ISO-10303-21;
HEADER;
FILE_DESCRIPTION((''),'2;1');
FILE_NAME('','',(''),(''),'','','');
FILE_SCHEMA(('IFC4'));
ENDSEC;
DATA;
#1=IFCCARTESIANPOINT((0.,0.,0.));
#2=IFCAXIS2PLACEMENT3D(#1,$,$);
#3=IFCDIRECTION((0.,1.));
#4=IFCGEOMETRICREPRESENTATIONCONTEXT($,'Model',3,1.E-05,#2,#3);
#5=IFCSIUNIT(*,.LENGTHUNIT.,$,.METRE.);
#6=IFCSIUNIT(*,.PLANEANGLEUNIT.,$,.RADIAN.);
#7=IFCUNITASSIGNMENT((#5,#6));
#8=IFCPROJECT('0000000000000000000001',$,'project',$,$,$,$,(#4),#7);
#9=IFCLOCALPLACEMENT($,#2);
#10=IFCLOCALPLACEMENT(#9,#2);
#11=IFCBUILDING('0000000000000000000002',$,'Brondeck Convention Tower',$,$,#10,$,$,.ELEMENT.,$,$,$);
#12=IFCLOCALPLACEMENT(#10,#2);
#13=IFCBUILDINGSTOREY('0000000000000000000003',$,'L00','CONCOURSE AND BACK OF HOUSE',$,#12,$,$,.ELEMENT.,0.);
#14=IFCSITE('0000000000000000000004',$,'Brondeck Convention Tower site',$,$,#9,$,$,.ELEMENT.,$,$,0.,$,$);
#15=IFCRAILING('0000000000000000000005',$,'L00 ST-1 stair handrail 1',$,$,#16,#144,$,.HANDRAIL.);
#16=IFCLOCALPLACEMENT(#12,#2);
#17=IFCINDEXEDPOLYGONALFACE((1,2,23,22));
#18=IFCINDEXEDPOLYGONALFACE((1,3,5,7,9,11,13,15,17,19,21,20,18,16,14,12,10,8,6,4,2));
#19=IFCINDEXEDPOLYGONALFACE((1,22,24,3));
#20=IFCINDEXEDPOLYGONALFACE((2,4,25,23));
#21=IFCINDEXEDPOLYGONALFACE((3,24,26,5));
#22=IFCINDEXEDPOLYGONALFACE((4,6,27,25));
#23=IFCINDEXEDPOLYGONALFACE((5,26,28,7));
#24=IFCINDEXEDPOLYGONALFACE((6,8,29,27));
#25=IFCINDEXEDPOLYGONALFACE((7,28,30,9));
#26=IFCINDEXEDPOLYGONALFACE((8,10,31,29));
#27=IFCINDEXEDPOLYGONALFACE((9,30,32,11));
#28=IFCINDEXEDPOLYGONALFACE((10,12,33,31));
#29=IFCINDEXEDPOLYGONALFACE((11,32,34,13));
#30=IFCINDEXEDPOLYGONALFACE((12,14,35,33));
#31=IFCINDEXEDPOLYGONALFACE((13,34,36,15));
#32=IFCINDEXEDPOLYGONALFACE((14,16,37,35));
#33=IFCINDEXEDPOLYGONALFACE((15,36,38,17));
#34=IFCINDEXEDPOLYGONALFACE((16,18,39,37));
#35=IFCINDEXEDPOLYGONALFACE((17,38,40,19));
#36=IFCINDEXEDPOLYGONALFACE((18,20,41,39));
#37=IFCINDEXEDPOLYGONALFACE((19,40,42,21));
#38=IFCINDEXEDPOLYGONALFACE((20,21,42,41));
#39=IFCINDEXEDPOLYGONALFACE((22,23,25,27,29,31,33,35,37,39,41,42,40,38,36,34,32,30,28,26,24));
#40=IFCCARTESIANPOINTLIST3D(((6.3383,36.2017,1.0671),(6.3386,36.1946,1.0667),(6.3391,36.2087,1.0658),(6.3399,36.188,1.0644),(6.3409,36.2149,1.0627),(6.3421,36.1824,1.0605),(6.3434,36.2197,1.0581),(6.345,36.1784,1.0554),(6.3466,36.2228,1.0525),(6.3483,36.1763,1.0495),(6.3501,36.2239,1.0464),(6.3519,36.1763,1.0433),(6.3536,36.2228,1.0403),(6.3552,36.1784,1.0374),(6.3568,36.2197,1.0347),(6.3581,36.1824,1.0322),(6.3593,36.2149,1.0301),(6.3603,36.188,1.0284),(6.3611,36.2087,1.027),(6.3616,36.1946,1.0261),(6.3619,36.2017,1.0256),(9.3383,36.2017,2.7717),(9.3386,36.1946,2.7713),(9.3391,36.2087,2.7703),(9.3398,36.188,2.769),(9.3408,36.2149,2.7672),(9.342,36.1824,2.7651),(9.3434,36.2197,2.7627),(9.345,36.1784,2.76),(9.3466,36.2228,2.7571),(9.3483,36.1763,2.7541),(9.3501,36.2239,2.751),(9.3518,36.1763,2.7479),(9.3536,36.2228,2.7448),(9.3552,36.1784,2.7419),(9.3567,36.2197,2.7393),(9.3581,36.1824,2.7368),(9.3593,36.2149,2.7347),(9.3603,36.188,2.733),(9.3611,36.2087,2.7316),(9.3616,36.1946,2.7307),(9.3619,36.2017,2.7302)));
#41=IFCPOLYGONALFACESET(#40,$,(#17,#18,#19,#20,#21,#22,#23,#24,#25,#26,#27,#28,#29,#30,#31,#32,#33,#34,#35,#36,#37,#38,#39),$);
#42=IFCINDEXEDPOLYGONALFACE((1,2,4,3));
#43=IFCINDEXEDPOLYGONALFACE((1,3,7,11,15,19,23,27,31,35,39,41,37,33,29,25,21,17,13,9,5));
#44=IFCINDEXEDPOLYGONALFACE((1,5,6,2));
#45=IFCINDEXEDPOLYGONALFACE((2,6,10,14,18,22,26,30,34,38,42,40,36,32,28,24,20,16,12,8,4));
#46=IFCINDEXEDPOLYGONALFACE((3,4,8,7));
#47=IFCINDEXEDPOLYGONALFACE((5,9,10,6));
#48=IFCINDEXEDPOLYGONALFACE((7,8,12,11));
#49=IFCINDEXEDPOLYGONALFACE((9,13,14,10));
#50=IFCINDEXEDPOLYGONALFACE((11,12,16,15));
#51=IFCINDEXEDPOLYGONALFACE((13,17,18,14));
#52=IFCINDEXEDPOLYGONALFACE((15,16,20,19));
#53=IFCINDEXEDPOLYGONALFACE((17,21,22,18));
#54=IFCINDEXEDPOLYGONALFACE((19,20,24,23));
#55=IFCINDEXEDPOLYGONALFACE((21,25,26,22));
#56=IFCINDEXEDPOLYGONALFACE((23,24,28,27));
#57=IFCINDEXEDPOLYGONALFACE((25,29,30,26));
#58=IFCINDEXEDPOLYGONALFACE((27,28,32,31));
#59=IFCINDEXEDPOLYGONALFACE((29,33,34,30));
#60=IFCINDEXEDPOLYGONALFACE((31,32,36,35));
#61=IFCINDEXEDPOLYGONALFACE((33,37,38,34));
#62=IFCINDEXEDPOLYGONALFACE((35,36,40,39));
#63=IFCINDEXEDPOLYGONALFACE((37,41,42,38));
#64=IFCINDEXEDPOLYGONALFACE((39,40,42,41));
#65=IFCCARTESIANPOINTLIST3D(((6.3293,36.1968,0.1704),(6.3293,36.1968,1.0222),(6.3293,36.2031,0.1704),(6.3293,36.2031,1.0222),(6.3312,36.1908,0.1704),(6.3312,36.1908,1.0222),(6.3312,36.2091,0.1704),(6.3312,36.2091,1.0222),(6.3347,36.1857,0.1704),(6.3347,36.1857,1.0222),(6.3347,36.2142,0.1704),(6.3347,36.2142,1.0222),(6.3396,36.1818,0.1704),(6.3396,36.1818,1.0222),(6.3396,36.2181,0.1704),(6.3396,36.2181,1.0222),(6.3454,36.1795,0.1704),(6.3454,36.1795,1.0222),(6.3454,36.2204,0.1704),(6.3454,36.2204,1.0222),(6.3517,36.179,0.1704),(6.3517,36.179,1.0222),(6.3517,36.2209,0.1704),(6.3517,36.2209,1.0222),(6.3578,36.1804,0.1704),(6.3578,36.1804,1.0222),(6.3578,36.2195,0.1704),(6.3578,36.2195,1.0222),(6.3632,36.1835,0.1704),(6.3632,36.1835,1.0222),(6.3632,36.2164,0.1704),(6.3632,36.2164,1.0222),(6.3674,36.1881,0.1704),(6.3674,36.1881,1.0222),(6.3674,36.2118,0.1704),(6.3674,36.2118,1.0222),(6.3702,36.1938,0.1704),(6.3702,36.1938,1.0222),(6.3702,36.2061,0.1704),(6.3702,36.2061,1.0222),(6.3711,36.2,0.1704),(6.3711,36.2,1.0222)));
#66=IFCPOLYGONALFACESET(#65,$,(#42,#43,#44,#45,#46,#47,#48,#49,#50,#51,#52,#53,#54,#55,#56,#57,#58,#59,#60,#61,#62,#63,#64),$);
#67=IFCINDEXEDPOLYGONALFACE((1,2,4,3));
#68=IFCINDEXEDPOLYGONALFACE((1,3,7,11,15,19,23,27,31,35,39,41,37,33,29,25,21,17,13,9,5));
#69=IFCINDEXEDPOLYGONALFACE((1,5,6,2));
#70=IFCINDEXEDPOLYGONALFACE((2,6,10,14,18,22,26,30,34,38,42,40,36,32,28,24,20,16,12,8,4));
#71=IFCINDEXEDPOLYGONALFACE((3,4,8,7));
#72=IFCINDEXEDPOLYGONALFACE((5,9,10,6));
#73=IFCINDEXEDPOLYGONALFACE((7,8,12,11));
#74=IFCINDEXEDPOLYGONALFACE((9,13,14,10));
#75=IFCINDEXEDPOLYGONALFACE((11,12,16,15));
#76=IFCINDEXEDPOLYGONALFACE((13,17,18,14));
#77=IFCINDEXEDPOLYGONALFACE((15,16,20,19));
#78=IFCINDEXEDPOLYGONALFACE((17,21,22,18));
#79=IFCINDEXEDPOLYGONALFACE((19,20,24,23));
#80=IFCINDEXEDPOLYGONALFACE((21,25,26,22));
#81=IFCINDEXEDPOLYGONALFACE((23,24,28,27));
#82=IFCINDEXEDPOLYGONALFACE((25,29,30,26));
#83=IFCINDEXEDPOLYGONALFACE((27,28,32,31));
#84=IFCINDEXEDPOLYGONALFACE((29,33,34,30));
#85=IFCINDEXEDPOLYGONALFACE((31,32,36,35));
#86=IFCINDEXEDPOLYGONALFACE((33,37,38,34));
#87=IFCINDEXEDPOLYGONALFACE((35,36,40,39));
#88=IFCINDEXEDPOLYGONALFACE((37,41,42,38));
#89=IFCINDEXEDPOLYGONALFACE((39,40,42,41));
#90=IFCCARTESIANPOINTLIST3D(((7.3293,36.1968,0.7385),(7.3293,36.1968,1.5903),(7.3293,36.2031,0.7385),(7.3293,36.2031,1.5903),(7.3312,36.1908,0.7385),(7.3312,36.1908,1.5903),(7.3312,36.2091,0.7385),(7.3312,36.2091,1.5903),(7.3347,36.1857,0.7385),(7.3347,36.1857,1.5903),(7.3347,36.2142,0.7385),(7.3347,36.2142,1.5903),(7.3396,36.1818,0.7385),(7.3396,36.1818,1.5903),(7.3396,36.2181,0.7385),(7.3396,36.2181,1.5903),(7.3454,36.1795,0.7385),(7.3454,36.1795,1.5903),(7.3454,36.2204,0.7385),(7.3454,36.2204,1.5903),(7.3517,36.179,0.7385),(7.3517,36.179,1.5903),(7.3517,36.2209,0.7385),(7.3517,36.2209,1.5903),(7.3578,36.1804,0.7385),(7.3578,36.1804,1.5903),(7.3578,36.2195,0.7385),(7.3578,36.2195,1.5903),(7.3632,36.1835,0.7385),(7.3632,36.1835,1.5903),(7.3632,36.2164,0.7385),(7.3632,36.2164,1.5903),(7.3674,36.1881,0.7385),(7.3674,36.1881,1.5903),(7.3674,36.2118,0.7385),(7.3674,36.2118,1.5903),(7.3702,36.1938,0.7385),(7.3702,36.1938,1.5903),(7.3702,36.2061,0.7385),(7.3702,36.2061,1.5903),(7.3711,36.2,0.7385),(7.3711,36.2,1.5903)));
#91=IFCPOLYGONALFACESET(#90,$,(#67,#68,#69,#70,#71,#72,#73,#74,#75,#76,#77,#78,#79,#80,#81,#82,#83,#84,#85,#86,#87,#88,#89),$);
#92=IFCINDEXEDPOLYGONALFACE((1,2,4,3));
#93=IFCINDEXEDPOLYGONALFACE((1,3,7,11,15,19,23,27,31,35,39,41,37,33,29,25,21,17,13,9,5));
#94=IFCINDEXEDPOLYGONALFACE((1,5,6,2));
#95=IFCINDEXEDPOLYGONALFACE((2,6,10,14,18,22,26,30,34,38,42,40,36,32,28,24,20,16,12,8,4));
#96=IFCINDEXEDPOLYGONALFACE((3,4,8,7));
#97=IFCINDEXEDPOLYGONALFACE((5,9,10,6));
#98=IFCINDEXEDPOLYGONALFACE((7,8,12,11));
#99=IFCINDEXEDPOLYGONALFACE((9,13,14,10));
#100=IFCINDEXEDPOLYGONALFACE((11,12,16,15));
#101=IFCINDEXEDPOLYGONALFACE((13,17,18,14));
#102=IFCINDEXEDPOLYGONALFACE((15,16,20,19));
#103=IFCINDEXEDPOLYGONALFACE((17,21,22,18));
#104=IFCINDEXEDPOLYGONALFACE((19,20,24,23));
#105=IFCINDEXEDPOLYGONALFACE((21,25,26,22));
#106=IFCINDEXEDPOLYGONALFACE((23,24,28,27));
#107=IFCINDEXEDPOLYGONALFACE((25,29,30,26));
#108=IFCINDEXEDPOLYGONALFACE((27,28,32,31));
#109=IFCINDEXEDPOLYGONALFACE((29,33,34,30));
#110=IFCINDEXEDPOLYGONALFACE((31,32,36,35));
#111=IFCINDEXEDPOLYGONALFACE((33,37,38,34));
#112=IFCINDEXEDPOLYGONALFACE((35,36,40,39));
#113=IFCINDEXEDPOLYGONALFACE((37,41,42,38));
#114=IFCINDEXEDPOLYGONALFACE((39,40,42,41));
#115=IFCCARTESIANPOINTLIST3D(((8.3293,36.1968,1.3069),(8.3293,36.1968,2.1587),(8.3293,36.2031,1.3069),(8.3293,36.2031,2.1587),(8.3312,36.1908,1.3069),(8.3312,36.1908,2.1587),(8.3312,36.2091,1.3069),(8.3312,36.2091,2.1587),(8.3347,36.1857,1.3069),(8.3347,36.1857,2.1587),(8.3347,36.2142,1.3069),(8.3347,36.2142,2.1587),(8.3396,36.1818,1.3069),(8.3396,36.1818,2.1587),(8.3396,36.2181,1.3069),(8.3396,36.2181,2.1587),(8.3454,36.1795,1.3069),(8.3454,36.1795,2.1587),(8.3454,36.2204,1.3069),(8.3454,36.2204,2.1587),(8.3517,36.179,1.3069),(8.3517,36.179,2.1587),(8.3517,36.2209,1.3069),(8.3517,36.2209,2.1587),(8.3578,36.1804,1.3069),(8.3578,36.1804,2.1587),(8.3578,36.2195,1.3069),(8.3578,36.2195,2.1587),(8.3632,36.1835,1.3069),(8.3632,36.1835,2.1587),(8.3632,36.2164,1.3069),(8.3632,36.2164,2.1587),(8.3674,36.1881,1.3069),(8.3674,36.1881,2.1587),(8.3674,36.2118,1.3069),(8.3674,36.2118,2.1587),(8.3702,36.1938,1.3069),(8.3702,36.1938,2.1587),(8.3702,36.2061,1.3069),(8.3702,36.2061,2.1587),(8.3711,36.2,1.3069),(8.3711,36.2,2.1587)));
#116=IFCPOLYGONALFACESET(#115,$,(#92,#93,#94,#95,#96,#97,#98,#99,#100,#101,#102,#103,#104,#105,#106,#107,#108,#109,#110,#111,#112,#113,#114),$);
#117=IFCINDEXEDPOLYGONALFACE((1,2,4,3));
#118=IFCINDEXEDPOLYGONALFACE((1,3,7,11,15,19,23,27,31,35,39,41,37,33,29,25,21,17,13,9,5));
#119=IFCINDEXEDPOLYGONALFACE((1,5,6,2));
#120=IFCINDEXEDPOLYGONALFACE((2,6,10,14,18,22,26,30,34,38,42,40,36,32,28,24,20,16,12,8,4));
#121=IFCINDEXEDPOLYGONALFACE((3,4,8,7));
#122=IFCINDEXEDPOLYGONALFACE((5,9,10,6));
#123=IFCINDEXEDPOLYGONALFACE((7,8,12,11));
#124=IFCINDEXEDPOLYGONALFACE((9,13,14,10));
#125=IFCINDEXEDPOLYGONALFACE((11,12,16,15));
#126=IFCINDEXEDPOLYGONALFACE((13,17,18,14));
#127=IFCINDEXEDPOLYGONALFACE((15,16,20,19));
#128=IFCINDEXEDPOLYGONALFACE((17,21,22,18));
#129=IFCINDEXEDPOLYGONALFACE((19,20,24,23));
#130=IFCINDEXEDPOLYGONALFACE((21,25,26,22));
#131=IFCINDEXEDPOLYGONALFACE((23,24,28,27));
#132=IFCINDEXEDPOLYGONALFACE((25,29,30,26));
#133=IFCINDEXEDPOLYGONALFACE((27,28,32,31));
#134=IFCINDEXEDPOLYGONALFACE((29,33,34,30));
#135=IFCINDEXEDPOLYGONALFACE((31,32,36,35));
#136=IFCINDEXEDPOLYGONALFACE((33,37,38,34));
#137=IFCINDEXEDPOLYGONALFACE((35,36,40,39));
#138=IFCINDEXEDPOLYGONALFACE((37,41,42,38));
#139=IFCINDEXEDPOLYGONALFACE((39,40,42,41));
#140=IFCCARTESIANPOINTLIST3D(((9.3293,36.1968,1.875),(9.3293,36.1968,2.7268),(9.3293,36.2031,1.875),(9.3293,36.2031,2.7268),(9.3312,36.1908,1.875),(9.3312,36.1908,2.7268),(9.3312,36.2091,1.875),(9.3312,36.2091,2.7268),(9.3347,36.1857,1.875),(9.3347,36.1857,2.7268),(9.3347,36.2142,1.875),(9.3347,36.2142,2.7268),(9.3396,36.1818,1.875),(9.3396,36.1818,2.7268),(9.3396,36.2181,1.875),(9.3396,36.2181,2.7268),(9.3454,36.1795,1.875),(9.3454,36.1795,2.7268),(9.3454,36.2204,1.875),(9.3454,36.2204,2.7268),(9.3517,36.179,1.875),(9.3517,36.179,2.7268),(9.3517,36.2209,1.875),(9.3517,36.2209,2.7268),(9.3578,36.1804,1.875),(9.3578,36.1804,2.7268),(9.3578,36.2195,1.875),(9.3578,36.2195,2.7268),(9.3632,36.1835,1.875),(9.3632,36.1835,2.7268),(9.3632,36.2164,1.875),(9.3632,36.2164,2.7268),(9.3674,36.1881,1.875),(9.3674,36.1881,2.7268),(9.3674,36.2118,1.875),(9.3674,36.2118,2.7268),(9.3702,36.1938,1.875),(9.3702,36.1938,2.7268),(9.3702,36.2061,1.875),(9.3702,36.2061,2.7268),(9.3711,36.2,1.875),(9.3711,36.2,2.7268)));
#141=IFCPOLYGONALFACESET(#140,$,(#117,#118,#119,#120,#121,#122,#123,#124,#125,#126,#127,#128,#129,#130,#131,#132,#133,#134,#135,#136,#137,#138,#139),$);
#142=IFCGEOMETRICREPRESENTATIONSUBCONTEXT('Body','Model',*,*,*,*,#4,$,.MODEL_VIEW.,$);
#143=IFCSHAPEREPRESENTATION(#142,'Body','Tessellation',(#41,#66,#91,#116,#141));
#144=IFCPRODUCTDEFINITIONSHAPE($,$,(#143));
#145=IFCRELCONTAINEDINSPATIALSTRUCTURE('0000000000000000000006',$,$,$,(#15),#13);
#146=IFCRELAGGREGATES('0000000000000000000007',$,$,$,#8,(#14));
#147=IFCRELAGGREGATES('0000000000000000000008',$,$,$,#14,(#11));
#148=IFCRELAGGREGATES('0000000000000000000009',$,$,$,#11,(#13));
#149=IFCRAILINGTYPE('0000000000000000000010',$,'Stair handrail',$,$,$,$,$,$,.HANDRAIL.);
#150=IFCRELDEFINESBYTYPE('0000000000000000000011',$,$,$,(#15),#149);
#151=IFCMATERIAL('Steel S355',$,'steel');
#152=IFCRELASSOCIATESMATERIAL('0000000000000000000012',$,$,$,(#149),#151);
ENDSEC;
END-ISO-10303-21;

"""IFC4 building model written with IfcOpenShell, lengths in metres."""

from ifc_helpers import new_model, si_unit, direction, frame, origin, origin_2d, place, context, subcontext, project, spatial, circle, extrude, material, type_object, element, save


model = new_model("IFC4")

# Units and contexts
model_context = context("Model", 3, precision=1e-05, world=origin(), true_north=direction((0.0, 1.0)))
body_context = subcontext(model_context, "Body", "Model", "MODEL_VIEW")
ifc_project = project(units=[si_unit("LENGTHUNIT", "METRE"), si_unit("PLANEANGLEUNIT", "RADIAN")], contexts=[model_context])

# Site, building, storey
site_placement = place(None, origin())
site = spatial("IfcSite", under=ifc_project, at=site_placement, Name="Brondeck Convention Tower site", CompositionType="ELEMENT", RefElevation=0.0)
building_placement = place(site_placement, origin())
building = spatial("IfcBuilding", under=site, at=building_placement, Name="Brondeck Convention Tower", CompositionType="ELEMENT")
storey_placement = place(building_placement, origin())
storey = spatial("IfcBuildingStorey", under=building, at=storey_placement, Name="L00", Description="CONCOURSE AND BACK OF HOUSE", CompositionType="ELEMENT", Elevation=0.0)

# Railing
ifc_material_1 = material(Name="Steel S355", Category="steel")
railing_type_1 = type_object("IfcRailingType", Name="Stair handrail", PredefinedType="HANDRAIL", material=ifc_material_1)
for number, where, name in (
    (1, (6.3501, 36.2, 0.1704), "L00 ST-1 stair handrail 1"),
):
    element("IfcRailing", number, at=place(storey_placement, frame(where)), inside=storey, type_object=railing_type_1, Name=name, PredefinedType="HANDRAIL", context=body_context, shape_type="SweptSolid", body=[
        extrude(circle(Radius=0.0239, at=origin_2d()), frame((0.0, 0.0, 0.876), z_axis=(0.869451, 0.0, 0.494019), x_axis=(0.0, 1.0, 0.0)), (0.0, 0.0, 1.0), 3.4504),
        extrude(circle(Radius=0.021, at=origin_2d()), origin(), (0.0, 0.0, 1.0), 0.8518),
        extrude(circle(Radius=0.021, at=origin_2d()), frame((1.0, 0.0, 0.5681)), (0.0, 0.0, 1.0), 0.8518),
        extrude(circle(Radius=0.021, at=origin_2d()), frame((2.0, 0.0, 1.1365)), (0.0, 0.0, 1.0), 0.8518),
        extrude(circle(Radius=0.021, at=origin_2d()), frame((3.0, 0.0, 1.7046)), (0.0, 0.0, 1.0), 0.8518),
    ])

save(model, "model.ifc")
